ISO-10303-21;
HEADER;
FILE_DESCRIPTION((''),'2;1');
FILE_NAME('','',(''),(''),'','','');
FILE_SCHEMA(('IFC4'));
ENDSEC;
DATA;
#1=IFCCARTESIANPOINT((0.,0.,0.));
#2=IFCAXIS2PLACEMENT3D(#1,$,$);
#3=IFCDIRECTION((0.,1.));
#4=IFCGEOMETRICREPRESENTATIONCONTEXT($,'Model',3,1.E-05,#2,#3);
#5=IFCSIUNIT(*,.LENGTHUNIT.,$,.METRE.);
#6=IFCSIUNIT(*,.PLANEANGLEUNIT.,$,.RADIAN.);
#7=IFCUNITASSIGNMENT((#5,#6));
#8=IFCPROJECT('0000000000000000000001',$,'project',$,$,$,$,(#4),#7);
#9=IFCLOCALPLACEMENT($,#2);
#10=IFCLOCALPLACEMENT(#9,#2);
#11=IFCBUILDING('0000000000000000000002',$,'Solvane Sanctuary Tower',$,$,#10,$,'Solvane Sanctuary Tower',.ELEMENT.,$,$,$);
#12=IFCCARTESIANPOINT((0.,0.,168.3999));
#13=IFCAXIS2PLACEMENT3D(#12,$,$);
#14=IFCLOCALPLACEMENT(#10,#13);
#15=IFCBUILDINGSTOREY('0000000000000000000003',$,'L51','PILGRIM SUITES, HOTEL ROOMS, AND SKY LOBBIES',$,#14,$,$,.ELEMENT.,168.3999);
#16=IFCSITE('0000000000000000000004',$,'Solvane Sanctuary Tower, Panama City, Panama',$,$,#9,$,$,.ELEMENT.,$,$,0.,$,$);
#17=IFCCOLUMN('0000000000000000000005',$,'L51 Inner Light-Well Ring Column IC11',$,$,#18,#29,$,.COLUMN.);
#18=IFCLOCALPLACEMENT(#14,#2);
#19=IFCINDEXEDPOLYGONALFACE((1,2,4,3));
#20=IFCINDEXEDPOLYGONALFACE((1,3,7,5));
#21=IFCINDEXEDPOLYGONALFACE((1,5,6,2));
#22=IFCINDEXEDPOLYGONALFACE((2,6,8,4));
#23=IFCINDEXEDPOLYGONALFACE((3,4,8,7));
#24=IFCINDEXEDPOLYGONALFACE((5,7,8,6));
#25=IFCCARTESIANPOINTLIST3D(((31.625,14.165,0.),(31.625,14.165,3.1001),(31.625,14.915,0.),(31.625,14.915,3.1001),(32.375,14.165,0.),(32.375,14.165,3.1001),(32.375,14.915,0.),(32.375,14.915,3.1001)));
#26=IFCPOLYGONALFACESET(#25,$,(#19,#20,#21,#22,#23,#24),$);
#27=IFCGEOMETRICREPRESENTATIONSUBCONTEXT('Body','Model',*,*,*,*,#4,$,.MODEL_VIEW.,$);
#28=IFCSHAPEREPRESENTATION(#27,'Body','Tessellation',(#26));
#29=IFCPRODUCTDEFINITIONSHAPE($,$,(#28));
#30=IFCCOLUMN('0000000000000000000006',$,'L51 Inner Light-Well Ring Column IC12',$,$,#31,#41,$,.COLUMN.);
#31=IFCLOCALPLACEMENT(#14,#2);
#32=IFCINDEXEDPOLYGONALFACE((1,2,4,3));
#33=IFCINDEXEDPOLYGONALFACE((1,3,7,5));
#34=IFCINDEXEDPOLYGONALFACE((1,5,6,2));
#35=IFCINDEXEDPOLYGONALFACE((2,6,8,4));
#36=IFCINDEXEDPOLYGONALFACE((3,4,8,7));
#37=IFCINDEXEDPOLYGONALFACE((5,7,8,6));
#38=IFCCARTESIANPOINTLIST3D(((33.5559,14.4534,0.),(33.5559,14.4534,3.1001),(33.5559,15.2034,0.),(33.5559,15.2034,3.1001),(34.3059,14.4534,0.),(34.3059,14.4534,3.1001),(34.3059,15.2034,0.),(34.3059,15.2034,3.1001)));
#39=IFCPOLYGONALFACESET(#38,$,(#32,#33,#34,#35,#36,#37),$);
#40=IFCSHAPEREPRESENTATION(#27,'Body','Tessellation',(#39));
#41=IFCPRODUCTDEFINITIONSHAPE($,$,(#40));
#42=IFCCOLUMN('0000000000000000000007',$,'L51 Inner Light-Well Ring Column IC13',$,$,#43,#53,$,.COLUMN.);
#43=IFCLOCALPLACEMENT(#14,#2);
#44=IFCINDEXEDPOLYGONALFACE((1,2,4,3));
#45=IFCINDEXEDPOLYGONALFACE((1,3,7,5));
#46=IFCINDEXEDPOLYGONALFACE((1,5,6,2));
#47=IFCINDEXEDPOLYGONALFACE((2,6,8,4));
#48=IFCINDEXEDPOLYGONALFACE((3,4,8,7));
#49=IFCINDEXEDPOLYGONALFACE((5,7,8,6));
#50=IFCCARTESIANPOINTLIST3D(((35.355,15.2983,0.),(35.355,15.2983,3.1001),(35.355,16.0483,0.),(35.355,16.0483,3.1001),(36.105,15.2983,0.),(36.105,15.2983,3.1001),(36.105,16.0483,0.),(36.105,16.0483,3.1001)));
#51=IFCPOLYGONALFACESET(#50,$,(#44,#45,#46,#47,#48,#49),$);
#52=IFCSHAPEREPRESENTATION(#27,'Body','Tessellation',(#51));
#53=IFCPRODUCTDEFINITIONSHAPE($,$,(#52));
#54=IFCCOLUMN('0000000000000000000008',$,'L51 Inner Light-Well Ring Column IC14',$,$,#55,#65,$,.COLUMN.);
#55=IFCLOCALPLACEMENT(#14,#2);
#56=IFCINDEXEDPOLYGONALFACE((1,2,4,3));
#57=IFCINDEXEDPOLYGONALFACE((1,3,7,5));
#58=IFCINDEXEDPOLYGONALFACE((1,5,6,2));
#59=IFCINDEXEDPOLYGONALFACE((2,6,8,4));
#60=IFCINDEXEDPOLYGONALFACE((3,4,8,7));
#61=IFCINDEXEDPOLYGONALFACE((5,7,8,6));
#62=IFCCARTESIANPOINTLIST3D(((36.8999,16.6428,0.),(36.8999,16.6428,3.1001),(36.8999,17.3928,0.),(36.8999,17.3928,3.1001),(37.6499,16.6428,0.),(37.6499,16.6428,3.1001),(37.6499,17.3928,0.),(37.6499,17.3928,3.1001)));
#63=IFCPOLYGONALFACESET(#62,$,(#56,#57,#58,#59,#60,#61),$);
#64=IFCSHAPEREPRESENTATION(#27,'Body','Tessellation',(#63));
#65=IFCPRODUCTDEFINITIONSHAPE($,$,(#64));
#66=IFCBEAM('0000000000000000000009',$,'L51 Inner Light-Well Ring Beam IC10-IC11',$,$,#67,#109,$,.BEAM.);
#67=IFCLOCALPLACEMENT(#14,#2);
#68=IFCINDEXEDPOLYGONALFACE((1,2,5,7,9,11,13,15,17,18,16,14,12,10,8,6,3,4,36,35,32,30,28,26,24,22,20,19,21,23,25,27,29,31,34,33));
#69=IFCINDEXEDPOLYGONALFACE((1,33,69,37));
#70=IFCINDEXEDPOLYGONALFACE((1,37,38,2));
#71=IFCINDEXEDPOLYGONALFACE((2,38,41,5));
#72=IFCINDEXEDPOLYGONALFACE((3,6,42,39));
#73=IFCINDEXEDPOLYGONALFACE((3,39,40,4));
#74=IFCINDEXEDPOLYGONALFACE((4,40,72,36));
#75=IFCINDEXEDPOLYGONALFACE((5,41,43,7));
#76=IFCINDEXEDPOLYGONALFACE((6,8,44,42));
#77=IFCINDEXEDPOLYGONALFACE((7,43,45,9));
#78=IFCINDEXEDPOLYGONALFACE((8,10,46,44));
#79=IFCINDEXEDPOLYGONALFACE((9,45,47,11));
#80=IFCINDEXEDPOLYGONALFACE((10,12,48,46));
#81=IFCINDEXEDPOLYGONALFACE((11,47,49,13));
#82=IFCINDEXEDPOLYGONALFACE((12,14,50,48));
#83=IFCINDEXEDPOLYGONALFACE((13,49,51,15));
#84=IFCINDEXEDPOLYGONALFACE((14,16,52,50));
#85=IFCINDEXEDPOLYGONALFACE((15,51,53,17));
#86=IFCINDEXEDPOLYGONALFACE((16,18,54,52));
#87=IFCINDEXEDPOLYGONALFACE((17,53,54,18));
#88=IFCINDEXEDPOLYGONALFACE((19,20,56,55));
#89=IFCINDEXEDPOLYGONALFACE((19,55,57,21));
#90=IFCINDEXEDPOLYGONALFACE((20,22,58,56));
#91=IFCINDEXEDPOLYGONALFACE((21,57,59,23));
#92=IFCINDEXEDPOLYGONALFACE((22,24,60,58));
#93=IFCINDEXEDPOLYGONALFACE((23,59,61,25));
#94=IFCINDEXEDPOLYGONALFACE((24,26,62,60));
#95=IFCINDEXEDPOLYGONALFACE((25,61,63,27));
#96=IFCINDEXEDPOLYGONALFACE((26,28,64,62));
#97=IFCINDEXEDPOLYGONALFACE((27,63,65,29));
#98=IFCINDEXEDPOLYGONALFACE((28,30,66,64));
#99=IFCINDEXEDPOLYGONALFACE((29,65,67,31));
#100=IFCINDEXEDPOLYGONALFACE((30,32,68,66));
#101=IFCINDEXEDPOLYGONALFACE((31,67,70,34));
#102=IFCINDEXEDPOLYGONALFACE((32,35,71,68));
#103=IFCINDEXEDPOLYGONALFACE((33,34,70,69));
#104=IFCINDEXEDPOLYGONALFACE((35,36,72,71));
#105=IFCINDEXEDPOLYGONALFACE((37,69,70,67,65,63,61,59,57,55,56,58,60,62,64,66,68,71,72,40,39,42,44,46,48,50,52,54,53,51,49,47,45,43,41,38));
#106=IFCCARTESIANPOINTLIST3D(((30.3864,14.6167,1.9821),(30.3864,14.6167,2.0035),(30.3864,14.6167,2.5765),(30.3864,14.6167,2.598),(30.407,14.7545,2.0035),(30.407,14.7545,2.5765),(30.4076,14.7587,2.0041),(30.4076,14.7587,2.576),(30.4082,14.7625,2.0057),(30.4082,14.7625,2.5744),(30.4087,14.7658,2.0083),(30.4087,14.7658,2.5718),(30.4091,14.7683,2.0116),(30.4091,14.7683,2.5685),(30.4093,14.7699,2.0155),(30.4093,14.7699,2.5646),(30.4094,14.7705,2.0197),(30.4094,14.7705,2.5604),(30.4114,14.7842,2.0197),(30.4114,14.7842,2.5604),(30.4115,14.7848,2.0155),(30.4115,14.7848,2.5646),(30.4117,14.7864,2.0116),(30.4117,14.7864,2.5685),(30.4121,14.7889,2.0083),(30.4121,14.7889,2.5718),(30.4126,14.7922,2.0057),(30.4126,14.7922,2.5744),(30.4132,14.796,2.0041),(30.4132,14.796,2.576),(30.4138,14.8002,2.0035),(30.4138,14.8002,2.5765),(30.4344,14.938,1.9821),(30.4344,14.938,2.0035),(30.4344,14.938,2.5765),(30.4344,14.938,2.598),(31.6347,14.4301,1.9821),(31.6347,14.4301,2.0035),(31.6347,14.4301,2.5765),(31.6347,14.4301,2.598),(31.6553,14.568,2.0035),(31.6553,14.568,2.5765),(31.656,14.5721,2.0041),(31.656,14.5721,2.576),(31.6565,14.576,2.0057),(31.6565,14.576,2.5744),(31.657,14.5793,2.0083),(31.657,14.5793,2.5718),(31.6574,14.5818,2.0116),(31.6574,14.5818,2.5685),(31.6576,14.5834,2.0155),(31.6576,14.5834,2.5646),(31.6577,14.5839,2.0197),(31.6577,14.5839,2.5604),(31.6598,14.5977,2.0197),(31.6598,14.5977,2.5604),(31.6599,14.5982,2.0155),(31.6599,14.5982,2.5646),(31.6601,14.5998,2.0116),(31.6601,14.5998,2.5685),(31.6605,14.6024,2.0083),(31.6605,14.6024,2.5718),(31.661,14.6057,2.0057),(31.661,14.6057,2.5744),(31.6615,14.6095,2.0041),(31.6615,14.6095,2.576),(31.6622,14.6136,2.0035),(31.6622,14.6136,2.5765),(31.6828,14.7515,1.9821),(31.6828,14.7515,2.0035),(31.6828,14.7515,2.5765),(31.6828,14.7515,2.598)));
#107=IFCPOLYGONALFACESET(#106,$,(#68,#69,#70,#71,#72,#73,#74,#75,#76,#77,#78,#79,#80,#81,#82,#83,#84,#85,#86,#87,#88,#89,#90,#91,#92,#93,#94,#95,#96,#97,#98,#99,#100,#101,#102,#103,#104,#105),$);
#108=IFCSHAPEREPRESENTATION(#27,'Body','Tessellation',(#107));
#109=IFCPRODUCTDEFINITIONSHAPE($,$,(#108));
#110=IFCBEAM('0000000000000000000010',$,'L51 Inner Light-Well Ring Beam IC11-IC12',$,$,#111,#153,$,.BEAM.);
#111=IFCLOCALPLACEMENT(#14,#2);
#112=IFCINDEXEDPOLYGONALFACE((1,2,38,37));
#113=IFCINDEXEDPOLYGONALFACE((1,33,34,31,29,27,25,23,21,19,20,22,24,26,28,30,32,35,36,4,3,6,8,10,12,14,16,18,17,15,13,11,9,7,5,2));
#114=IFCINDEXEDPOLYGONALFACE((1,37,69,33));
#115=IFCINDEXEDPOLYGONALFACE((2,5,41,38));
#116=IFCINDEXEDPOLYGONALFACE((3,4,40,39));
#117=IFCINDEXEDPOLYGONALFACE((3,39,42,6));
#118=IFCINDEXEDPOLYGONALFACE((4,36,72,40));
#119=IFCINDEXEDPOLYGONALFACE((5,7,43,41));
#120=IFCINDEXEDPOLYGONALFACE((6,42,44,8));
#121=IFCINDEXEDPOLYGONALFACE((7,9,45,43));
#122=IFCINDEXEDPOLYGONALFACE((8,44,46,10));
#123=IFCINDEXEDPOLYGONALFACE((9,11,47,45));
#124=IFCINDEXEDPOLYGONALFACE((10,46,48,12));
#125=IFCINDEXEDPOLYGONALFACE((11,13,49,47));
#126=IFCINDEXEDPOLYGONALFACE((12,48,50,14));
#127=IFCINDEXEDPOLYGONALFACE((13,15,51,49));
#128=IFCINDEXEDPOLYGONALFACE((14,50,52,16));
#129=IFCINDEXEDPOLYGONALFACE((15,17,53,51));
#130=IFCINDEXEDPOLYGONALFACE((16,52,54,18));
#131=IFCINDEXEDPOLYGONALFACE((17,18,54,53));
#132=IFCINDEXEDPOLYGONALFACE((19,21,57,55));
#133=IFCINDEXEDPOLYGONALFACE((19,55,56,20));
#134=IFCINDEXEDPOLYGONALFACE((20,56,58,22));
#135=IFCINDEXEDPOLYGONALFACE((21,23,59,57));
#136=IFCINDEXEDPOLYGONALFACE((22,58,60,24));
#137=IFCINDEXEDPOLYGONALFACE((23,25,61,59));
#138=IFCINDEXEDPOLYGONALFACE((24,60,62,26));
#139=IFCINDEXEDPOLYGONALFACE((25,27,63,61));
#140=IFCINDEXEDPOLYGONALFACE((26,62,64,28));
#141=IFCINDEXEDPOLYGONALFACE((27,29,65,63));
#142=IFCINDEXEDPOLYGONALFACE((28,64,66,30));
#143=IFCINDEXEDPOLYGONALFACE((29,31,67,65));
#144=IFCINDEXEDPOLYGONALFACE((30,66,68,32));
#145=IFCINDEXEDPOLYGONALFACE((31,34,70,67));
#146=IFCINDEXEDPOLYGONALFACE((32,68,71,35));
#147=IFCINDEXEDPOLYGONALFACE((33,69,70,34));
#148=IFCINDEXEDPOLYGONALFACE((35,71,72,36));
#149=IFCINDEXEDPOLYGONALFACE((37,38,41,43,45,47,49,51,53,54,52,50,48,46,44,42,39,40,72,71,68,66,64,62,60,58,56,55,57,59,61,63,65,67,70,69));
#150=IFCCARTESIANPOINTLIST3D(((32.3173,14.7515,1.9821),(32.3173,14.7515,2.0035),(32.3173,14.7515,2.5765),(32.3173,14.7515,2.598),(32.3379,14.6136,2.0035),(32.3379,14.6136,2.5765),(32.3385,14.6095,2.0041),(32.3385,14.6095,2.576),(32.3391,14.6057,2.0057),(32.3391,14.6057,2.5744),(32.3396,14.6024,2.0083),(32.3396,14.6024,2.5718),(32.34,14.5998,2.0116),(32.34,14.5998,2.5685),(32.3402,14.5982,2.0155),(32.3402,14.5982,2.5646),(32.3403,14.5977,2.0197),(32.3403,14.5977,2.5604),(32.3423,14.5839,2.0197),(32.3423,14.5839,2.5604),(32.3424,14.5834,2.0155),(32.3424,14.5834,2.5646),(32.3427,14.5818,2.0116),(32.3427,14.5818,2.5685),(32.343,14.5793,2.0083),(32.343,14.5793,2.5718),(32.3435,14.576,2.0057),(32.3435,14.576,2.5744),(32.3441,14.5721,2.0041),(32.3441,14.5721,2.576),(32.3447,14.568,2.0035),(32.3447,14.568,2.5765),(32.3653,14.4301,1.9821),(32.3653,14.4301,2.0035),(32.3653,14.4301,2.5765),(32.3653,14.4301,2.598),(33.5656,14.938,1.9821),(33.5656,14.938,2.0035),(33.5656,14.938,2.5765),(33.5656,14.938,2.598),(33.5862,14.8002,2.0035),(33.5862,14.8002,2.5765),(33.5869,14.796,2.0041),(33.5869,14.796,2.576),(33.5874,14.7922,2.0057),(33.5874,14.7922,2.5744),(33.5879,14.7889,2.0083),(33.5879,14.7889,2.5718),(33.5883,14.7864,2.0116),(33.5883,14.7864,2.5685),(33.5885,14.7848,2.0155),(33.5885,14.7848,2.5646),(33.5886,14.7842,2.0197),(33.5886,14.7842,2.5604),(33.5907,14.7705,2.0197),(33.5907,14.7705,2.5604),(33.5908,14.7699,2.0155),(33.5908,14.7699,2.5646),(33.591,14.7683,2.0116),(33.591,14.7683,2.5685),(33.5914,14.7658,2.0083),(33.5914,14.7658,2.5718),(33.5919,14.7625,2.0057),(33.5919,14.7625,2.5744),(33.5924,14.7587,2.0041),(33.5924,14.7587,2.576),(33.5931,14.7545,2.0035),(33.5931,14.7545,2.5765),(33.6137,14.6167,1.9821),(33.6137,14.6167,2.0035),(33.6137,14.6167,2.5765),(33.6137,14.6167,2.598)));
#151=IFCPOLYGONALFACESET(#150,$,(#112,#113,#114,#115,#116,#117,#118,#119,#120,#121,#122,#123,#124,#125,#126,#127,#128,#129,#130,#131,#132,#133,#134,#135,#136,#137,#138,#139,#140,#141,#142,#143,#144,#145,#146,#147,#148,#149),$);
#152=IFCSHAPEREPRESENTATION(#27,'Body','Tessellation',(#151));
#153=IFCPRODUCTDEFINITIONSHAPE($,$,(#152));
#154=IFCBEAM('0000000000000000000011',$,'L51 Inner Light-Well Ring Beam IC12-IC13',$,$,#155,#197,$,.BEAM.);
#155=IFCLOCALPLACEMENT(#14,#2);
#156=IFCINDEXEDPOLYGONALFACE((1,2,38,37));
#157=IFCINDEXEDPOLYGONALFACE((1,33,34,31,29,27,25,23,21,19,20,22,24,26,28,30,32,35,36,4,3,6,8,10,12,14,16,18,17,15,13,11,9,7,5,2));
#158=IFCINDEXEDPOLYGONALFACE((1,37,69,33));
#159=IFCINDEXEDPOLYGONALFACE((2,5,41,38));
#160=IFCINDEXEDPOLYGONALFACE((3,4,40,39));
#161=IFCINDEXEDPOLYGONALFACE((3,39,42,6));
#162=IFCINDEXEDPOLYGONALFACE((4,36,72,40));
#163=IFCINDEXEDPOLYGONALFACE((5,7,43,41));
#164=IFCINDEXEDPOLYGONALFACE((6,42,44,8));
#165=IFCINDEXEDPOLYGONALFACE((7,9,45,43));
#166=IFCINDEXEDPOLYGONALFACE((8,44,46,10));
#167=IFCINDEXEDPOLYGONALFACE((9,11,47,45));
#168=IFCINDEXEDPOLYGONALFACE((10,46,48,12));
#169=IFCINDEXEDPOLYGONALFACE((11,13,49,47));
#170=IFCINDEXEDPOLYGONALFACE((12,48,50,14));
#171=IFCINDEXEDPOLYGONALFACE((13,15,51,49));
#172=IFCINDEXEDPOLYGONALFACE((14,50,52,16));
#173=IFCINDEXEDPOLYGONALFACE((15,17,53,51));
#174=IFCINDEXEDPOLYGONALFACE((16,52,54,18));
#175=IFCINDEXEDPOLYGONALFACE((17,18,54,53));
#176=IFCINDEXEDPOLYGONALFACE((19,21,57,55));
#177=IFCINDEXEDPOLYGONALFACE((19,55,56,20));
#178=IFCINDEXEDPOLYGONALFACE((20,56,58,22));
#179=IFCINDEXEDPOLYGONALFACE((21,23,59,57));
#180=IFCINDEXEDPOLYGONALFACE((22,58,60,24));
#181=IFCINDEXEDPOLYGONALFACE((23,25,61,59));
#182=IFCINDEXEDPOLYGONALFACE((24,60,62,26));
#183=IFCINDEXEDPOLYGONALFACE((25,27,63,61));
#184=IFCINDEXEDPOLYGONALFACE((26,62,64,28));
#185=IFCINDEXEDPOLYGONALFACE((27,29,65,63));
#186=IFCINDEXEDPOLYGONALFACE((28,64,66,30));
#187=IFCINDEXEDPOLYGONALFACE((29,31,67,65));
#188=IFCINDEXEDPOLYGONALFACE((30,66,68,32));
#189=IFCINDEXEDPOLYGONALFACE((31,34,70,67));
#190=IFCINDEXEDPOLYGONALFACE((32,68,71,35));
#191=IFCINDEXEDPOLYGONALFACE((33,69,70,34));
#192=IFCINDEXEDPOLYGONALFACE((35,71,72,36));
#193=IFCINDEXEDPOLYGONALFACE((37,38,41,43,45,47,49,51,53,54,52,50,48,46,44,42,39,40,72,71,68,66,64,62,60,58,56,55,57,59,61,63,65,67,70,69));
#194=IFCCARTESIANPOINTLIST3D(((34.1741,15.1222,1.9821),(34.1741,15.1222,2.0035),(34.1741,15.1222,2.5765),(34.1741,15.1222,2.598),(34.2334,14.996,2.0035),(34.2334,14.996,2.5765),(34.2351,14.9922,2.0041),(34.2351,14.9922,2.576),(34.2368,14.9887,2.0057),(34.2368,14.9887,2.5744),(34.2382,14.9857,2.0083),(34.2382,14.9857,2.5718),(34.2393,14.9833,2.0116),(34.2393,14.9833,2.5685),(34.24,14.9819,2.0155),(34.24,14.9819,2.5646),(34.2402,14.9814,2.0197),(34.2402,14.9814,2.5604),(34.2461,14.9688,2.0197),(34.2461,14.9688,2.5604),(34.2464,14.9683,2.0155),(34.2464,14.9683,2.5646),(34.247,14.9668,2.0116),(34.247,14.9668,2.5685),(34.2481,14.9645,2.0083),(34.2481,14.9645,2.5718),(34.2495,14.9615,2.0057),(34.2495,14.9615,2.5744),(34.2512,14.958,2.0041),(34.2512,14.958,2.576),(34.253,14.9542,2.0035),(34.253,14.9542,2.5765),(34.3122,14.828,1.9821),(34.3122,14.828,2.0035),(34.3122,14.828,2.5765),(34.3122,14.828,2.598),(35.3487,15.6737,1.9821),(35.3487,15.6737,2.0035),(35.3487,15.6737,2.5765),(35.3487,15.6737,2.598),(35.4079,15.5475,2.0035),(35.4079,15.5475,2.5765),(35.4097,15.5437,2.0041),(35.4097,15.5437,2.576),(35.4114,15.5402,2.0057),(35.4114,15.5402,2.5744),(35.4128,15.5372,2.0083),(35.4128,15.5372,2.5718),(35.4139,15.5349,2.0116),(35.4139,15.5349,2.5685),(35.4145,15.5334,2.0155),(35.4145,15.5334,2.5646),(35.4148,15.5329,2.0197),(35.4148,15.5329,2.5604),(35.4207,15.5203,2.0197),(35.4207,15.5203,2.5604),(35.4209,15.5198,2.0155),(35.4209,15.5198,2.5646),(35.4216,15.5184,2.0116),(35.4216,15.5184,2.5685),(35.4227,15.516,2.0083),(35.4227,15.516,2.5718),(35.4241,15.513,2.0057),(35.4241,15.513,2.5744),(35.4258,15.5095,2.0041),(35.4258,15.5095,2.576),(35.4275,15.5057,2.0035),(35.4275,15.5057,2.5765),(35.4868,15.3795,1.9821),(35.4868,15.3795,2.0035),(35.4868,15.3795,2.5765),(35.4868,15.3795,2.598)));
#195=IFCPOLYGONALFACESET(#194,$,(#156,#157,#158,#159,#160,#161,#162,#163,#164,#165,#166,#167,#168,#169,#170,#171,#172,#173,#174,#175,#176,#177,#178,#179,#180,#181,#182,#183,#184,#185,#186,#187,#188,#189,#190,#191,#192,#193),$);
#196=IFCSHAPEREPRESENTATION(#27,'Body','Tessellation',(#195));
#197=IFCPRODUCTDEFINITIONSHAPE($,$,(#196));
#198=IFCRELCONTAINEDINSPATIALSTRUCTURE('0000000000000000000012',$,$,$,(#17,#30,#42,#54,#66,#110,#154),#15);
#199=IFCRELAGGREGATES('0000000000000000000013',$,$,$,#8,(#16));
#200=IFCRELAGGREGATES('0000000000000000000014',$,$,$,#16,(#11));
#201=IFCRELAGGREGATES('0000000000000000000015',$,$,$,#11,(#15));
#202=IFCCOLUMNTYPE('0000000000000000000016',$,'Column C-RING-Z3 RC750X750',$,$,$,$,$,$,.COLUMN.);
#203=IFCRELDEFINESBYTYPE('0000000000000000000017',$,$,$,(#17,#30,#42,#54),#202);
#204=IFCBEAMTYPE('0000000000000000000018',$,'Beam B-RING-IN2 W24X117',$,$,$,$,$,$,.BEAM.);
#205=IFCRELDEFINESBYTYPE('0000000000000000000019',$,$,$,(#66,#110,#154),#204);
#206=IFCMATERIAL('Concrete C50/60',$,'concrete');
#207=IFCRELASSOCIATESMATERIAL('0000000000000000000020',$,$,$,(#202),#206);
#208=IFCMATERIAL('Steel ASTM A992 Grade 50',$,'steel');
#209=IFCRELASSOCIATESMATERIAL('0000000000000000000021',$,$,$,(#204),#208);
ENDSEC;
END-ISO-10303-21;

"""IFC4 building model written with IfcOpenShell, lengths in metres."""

from ifc_helpers import new_model, si_unit, direction, frame, origin, origin_2d, place, context, subcontext, project, spatial, rectangle, i_section, extrude, material, material_profile, profile_set, type_object, element, save


model = new_model("IFC4")

# Units and contexts
model_context = context("Model", 3, precision=1e-05, world=origin(), true_north=direction((0.0, 1.0)))
body_context = subcontext(model_context, "Body", "Model", "MODEL_VIEW")
ifc_project = project(units=[si_unit("LENGTHUNIT", "METRE"), si_unit("PLANEANGLEUNIT", "RADIAN")], contexts=[model_context])

# Site, building, storey
site_placement = place(None, origin())
site = spatial("IfcSite", under=ifc_project, at=site_placement, Name="Solvane Sanctuary Tower, Panama City, Panama", CompositionType="ELEMENT", RefElevation=0.0)
building_placement = place(site_placement, origin())
building = spatial("IfcBuilding", under=site, at=building_placement, Name="Solvane Sanctuary Tower", LongName="Solvane Sanctuary Tower", CompositionType="ELEMENT")
storey_placement = place(building_placement, frame((0.0, 0.0, 168.3999)))
storey = spatial("IfcBuildingStorey", under=building, at=storey_placement, Name="L51", Description="PILGRIM SUITES, HOTEL ROOMS, AND SKY LOBBIES", CompositionType="ELEMENT", Elevation=168.3999)

# Columns
ifc_material_1 = material(Name="Concrete C50/60", Category="concrete")
ifc_material_profile_1 = material_profile(ifc_material_1, rectangle(XDim=0.75, YDim=0.75, at=origin_2d()), Name="RC750X750")
ifc_profile_set_1 = profile_set([ifc_material_profile_1], Name="Concrete C50/60")
column_type = type_object("IfcColumnType", Name="Column C-RING-Z3 RC750X750", PredefinedType="COLUMN", material=ifc_profile_set_1)
for number, where, z_axis, x_axis, name in (
    (1, (32.0, 14.54, 0.0), (0.0, 0.0, 1.0), (1.0, 0.0, 0.0), "L51 Inner Light-Well Ring Column IC11"),
    (2, (33.9309, 14.8284, 0.0), (0.0, 0.0, 1.0), (1.0, 0.0, 0.0), "L51 Inner Light-Well Ring Column IC12"),
    (3, (35.73, 15.6733, 0.0), (0.0, 0.0, 1.0), (1.0, 0.0, 0.0), "L51 Inner Light-Well Ring Column IC13"),
    (4, (37.2749, 17.0178, 0.0), (0.0, 0.0, 1.0), (1.0, 0.0, 0.0), "L51 Inner Light-Well Ring Column IC14"),
):
    element("IfcColumn", number, at=place(storey_placement, frame(where, z_axis=z_axis, x_axis=x_axis)), inside=storey, type_object=column_type, Name=name, PredefinedType="COLUMN", context=body_context, shape_type="SweptSolid", body=[
        extrude(rectangle(XDim=0.75, YDim=0.75, at=origin_2d()), origin(), (0.0, 0.0, 1.0), 3.1001),
    ])

# Beams
ifc_material_2 = material(Name="Steel ASTM A992 Grade 50", Category="steel")
ifc_material_profile_2 = material_profile(ifc_material_2, i_section(OverallWidth=0.325, OverallDepth=0.616, WebThickness=0.0139, FlangeThickness=0.0215, FilletRadius=0.0161, at=origin_2d()), Name="W24X117")
ifc_profile_set_2 = profile_set([ifc_material_profile_2], Name="Steel ASTM A992 Grade 50")
beam_type_1 = type_object("IfcBeamType", Name="Beam B-RING-IN2 W24X117", PredefinedType="BEAM", material=ifc_profile_set_2)
for number, where, z_axis, x_axis, name in (
    (5, (30.4104, 14.7773, 2.29), (0.98902, -0.147782, 0.0), (0.147782, 0.98902, 0.0), "L51 Inner Light-Well Ring Beam IC10-IC11"),
    (6, (32.3413, 14.5908, 2.29), (0.98902, 0.147782, 0.0), (-0.147782, 0.98902, 0.0), "L51 Inner Light-Well Ring Beam IC11-IC12"),
):
    element("IfcBeam", number, at=place(storey_placement, frame(where, z_axis=z_axis, x_axis=x_axis)), inside=storey, type_object=beam_type_1, Name=name, PredefinedType="BEAM", context=body_context, shape_type="SweptSolid", body=[
        extrude(i_section(OverallWidth=0.325, OverallDepth=0.616, WebThickness=0.0139, FlangeThickness=0.0215, FilletRadius=0.0161, at=origin_2d()), origin(), (0.0, 0.0, 1.0), 1.2622),
    ])
beam_1_placement = place(storey_placement, frame((34.2432, 14.9751, 2.29), z_axis=(0.905181, 0.425027, 0.0), x_axis=(-0.425027, 0.905181, 0.0)))
element("IfcBeam", 7, at=beam_1_placement, inside=storey, type_object=beam_type_1, Name="L51 Inner Light-Well Ring Beam IC12-IC13", PredefinedType="BEAM", context=body_context, shape_type="SweptSolid", body=[
    extrude(i_section(OverallWidth=0.325, OverallDepth=0.616, WebThickness=0.0139, FlangeThickness=0.0215, FilletRadius=0.0161, at=origin_2d()), origin(), (0.0, 0.0, 1.0), 1.2976),
])

save(model, "model.ifc")
